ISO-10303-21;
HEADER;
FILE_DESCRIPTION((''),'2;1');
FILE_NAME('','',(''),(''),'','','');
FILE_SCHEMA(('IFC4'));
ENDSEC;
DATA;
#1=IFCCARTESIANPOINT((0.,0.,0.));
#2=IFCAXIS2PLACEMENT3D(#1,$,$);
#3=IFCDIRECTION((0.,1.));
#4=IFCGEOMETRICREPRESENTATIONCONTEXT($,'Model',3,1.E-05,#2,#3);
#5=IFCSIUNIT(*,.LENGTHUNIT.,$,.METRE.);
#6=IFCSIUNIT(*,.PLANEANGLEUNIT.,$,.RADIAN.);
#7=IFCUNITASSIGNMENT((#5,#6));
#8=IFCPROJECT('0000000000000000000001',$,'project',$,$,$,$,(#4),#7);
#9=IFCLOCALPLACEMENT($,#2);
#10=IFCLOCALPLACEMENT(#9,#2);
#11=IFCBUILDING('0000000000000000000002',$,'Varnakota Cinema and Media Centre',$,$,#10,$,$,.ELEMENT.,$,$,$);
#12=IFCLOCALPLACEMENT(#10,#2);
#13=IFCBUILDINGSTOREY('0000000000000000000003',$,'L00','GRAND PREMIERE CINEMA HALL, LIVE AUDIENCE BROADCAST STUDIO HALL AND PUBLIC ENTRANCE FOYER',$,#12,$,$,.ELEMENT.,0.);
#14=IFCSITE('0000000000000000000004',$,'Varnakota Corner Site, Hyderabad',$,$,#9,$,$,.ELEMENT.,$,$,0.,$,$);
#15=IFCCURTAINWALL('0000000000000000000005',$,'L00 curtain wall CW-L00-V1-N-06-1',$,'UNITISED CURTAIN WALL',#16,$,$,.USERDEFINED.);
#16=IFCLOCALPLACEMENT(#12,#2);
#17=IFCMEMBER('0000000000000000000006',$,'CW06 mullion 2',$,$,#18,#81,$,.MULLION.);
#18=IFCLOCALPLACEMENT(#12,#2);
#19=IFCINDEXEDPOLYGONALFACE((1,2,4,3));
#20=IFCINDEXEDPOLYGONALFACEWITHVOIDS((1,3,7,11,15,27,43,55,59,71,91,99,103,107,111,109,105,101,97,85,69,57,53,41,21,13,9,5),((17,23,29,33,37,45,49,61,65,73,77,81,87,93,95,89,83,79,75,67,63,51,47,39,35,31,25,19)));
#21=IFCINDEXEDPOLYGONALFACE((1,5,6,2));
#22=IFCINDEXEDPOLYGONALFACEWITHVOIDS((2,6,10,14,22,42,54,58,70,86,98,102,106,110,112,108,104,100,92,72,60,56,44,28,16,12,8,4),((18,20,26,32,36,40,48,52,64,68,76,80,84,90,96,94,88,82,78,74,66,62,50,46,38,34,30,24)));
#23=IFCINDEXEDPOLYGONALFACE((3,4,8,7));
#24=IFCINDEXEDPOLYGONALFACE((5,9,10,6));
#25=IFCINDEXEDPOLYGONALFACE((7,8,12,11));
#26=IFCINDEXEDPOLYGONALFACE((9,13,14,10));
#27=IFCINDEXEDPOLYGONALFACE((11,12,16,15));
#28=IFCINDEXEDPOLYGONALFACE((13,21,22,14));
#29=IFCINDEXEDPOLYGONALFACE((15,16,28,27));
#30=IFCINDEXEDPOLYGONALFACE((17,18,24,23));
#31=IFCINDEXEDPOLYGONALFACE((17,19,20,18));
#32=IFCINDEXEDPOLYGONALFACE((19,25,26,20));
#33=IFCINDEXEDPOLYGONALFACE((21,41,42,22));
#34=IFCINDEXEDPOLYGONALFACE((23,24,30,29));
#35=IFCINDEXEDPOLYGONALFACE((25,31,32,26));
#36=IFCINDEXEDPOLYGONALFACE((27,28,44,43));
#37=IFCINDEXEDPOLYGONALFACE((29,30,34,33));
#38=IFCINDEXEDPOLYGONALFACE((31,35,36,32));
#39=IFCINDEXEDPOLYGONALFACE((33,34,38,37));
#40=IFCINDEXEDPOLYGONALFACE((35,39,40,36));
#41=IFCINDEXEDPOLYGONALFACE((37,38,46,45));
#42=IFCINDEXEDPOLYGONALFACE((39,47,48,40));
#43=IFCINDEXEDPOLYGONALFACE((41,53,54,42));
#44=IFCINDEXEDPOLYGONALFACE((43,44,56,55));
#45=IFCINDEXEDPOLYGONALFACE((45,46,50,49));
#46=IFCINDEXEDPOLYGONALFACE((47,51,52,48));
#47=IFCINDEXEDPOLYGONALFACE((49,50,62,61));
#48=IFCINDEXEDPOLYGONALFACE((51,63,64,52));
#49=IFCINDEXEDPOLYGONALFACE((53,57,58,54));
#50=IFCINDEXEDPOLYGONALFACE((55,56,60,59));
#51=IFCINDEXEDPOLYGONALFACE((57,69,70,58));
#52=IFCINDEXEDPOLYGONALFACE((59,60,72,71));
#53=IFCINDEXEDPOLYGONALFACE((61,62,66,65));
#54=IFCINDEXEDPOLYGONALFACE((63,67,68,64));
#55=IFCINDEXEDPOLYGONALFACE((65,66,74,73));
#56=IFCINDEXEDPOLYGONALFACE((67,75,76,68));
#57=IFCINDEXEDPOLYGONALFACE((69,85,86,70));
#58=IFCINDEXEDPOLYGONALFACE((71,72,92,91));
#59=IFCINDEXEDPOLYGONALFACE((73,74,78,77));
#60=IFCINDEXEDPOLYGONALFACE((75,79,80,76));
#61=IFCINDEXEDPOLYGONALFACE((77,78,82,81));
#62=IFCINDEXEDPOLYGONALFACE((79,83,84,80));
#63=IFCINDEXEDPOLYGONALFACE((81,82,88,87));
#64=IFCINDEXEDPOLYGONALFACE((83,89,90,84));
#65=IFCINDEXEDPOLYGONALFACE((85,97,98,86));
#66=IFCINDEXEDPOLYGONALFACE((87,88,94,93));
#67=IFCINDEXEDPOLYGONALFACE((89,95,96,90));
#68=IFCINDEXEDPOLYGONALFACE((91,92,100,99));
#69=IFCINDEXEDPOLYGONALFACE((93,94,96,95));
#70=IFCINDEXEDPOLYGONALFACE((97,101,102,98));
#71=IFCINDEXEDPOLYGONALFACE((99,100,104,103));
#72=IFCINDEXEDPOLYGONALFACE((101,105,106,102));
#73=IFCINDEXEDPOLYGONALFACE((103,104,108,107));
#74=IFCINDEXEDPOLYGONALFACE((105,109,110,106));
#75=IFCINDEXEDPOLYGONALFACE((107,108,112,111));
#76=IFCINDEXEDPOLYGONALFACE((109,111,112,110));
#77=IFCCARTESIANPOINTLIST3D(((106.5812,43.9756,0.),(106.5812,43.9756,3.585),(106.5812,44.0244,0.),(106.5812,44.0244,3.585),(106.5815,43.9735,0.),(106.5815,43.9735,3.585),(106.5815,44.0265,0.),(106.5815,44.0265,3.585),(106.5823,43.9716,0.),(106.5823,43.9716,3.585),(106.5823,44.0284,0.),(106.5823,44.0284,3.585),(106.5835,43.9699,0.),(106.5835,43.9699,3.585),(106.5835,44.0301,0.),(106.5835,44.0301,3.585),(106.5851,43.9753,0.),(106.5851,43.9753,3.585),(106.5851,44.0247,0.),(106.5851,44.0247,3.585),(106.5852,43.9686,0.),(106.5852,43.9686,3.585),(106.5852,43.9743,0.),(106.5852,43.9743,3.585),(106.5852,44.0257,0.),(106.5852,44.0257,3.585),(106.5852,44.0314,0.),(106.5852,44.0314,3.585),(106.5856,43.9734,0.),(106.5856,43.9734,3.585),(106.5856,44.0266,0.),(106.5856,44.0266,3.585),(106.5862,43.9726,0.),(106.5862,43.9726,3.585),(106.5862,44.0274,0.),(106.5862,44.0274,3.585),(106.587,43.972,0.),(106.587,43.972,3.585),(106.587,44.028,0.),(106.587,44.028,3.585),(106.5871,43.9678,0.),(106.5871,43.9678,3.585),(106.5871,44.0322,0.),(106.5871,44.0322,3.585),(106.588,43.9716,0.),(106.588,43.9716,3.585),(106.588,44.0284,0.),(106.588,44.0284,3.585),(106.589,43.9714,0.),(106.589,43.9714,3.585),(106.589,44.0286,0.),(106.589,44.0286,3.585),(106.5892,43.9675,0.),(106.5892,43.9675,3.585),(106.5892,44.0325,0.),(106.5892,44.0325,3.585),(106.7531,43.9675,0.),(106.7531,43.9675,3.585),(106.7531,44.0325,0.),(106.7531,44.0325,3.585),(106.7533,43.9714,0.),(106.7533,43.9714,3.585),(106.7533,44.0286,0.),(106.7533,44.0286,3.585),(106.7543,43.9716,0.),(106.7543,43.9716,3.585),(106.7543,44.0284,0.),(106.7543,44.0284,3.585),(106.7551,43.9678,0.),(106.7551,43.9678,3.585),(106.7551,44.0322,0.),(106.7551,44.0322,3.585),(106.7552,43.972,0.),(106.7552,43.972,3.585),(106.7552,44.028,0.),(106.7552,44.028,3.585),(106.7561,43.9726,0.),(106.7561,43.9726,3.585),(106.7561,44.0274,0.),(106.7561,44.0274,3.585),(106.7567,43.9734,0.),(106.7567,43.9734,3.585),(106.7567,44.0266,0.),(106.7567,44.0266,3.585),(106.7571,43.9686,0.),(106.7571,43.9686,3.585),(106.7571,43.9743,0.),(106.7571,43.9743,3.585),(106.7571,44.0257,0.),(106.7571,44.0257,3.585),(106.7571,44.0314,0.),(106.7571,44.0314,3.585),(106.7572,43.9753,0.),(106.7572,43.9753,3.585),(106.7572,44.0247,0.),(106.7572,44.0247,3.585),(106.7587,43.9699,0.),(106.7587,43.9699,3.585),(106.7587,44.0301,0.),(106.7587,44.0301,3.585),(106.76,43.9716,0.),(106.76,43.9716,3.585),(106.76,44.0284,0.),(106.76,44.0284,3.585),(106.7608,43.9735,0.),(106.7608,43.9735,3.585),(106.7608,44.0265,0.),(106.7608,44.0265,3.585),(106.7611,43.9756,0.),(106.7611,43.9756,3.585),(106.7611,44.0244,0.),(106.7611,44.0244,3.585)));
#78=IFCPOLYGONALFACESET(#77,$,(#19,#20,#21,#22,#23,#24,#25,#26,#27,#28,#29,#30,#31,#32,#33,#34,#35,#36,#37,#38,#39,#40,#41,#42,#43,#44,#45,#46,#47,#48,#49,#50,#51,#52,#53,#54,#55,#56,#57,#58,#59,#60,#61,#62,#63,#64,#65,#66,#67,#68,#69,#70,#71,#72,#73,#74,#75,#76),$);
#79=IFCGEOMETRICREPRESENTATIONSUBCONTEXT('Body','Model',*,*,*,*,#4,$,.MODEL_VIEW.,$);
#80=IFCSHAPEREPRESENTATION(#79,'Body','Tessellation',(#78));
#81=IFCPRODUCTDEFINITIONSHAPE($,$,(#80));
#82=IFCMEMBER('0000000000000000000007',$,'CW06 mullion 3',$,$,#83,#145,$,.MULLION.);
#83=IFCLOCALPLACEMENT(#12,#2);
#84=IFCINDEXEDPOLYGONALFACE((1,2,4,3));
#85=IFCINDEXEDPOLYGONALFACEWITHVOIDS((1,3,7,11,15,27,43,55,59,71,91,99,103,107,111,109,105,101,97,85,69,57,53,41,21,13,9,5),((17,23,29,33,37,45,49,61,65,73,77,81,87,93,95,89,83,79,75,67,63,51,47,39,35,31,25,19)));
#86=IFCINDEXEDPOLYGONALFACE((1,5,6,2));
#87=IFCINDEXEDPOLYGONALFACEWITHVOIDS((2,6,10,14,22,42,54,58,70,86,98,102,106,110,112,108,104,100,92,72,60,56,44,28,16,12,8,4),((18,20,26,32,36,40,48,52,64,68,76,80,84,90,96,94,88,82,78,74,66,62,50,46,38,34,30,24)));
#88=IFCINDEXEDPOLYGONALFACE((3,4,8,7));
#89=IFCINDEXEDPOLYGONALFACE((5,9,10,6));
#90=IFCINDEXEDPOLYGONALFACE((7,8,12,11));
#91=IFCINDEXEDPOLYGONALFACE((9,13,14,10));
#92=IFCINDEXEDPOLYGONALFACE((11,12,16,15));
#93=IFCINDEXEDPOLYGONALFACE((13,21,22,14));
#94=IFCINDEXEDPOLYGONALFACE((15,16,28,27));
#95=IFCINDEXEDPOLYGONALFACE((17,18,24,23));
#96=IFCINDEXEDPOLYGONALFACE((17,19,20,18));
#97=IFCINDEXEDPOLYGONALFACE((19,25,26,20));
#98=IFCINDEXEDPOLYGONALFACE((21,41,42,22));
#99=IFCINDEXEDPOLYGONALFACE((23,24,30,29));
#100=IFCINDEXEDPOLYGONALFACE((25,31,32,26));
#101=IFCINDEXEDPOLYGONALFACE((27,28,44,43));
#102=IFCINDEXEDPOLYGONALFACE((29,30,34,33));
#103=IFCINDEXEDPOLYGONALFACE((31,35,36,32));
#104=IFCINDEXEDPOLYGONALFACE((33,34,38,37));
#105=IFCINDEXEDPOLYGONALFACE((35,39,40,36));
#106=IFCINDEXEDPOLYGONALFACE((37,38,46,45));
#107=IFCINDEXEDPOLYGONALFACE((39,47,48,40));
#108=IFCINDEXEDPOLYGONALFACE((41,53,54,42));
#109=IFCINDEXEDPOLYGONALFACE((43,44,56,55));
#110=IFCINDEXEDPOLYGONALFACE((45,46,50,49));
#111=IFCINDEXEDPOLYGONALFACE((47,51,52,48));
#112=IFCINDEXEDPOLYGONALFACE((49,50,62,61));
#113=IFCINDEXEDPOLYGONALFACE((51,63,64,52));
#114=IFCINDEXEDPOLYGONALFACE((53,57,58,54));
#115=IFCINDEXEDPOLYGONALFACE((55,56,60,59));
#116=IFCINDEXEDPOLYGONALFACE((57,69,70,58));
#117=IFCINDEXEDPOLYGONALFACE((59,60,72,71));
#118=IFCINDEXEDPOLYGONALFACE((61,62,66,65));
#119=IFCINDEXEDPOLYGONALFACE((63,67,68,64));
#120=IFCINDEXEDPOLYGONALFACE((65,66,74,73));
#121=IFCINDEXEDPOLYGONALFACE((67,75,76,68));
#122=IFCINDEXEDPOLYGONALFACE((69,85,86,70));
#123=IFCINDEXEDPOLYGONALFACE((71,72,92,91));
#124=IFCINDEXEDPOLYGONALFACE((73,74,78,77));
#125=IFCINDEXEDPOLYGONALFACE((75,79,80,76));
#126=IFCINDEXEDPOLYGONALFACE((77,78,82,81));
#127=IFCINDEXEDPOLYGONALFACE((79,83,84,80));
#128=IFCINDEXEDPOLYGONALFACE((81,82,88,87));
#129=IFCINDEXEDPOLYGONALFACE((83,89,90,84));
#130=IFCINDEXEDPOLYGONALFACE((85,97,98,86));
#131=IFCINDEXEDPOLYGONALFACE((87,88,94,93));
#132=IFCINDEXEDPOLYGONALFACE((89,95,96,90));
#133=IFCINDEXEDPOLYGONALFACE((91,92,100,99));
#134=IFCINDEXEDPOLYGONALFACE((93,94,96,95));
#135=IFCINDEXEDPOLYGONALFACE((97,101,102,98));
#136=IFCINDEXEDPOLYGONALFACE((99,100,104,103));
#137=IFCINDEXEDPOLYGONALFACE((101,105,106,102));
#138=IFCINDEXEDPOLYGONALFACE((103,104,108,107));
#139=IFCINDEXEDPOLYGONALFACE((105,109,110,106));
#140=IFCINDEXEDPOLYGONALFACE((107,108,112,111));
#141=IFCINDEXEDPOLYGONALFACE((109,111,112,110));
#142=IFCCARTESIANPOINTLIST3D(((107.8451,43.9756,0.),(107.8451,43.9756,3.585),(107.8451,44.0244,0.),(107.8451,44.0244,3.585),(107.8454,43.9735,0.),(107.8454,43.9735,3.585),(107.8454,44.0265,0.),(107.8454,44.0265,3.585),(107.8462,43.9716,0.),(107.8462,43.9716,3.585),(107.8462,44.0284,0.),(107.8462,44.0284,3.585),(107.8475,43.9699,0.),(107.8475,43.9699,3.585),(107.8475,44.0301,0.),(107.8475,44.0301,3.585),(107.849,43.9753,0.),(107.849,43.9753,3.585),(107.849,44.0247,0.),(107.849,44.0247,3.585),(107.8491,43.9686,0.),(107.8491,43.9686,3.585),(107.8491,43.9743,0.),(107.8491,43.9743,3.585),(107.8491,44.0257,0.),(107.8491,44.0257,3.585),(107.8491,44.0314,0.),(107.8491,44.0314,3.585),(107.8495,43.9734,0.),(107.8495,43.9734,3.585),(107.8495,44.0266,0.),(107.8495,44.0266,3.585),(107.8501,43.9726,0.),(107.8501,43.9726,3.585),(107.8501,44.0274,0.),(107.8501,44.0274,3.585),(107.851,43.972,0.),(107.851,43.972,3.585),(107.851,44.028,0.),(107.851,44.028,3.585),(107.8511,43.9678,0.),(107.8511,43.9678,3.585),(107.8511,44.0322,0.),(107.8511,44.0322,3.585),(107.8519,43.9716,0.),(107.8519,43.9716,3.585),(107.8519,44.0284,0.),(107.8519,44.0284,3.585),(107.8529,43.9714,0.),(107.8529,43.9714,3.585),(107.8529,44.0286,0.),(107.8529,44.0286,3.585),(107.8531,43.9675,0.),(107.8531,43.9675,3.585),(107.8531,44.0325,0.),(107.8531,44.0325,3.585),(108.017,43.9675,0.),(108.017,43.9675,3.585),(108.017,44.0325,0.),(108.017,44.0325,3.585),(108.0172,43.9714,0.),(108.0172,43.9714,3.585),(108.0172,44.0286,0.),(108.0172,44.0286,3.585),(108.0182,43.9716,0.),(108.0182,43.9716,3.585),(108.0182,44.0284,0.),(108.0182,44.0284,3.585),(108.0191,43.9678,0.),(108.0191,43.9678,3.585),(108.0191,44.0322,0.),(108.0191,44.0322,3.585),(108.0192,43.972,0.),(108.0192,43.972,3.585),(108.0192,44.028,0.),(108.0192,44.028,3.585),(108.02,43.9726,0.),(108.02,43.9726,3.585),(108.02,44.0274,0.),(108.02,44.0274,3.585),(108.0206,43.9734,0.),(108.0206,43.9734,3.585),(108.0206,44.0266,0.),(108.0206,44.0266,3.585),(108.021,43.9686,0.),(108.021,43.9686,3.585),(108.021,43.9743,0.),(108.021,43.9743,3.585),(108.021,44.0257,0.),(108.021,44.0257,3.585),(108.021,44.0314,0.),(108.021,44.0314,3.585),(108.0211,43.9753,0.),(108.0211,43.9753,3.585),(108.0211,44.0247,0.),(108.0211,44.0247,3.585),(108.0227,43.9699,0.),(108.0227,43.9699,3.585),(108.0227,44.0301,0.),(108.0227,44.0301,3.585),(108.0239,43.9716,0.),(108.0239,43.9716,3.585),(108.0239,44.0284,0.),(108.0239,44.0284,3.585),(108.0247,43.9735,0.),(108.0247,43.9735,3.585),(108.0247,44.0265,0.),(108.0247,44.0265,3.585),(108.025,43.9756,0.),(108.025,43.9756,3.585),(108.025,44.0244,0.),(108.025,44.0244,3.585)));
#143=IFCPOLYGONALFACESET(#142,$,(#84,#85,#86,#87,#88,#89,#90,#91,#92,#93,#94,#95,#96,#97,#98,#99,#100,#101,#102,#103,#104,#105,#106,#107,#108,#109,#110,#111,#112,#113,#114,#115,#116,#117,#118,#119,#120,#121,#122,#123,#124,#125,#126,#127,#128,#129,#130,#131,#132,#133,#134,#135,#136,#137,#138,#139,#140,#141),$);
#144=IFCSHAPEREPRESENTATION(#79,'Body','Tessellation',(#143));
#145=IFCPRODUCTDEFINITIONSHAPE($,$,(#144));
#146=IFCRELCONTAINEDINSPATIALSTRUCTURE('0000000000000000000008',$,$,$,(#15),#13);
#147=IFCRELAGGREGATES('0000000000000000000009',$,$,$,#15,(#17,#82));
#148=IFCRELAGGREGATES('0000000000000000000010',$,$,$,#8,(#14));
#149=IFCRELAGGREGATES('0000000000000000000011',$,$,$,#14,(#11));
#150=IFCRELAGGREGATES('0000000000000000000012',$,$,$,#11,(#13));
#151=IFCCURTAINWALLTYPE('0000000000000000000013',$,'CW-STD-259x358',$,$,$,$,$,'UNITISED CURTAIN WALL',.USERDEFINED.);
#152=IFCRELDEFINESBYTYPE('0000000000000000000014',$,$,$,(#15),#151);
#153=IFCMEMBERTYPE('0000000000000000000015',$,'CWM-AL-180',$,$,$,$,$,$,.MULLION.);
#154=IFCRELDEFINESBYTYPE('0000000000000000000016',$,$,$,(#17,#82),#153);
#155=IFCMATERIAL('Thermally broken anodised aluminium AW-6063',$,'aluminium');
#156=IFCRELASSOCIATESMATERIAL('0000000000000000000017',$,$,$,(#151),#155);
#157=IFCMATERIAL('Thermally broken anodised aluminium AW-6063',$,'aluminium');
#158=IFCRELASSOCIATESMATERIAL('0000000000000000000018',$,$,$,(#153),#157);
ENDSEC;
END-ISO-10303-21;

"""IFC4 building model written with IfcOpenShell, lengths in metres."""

from ifc_helpers import new_model, si_unit, direction, frame, origin, origin_2d, place, context, subcontext, project, spatial, hollow_rectangle, extrude, material, material_profile, profile_set, type_object, element, aggregate, save


model = new_model("IFC4")

# Units and contexts
model_context = context("Model", 3, precision=1e-05, world=origin(), true_north=direction((0.0, 1.0)))
body_context = subcontext(model_context, "Body", "Model", "MODEL_VIEW")
ifc_project = project(units=[si_unit("LENGTHUNIT", "METRE"), si_unit("PLANEANGLEUNIT", "RADIAN")], contexts=[model_context])

# Site, building, storey
site_placement = place(None, origin())
site = spatial("IfcSite", under=ifc_project, at=site_placement, Name="Varnakota Corner Site, Hyderabad", CompositionType="ELEMENT", RefElevation=0.0)
building_placement = place(site_placement, origin())
building = spatial("IfcBuilding", under=site, at=building_placement, Name="Varnakota Cinema and Media Centre", CompositionType="ELEMENT")
storey_placement = place(building_placement, origin())
storey = spatial("IfcBuildingStorey", under=building, at=storey_placement, Name="L00", Description="GRAND PREMIERE CINEMA HALL, LIVE AUDIENCE BROADCAST STUDIO HALL AND PUBLIC ENTRANCE FOYER", CompositionType="ELEMENT", Elevation=0.0)

# Shared definitions
ifc_material_1 = material(Name="Thermally broken anodised aluminium AW-6063", Category="aluminium")
curtain_wall_type = type_object("IfcCurtainWallType", Name="CW-STD-259x358", ElementType="UNITISED CURTAIN WALL", PredefinedType="USERDEFINED", material=ifc_material_1)
ifc_material_2 = material(Name="Thermally broken anodised aluminium AW-6063", Category="aluminium")
ifc_material_profile_1 = material_profile(ifc_material_2, hollow_rectangle(XDim=0.0649, YDim=0.1799, WallThickness=0.0039, InnerFilletRadius=0.0039, OuterFilletRadius=0.0081, at=origin_2d()), Name="AL-MULLION 180x65x4")
ifc_profile_set_1 = profile_set([ifc_material_profile_1], Name="Thermally broken anodised aluminium AW-6063")
member_type_1 = type_object("IfcMemberType", Name="CWM-AL-180", PredefinedType="MULLION", material=ifc_profile_set_1)

# Curtain wall, members
curtain_wall_1_placement = place(storey_placement, origin())
curtain_wall_1 = element("IfcCurtainWall", 1, at=curtain_wall_1_placement, inside=storey, type_object=curtain_wall_type, Name="L00 curtain wall CW-L00-V1-N-06-1", ObjectType="UNITISED CURTAIN WALL", PredefinedType="USERDEFINED")
member_1_placement = place(storey_placement, frame((106.6711, 44.0, 0.0), z_axis=(0.0, 0.0, 1.0), x_axis=(0.0, 1.0, 0.0)))
member_1 = element("IfcMember", 2, at=member_1_placement, type_object=member_type_1, Name="CW06 mullion 2", PredefinedType="MULLION", context=body_context, shape_type="SweptSolid", body=[
    extrude(hollow_rectangle(XDim=0.0649, YDim=0.1799, WallThickness=0.0039, InnerFilletRadius=0.0039, OuterFilletRadius=0.0081, at=origin_2d()), origin(), (0.0, 0.0, 1.0), 3.585),
])
member_2_placement = place(storey_placement, frame((107.9351, 44.0, 0.0), z_axis=(0.0, 0.0, 1.0), x_axis=(0.0, 1.0, 0.0)))
member_2 = element("IfcMember", 3, at=member_2_placement, type_object=member_type_1, Name="CW06 mullion 3", PredefinedType="MULLION", context=body_context, shape_type="SweptSolid", body=[
    extrude(hollow_rectangle(XDim=0.0649, YDim=0.1799, WallThickness=0.0039, InnerFilletRadius=0.0039, OuterFilletRadius=0.0081, at=origin_2d()), origin(), (0.0, 0.0, 1.0), 3.585),
])

aggregate(curtain_wall_1, [member_1, member_2])

save(model, "model.ifc")
